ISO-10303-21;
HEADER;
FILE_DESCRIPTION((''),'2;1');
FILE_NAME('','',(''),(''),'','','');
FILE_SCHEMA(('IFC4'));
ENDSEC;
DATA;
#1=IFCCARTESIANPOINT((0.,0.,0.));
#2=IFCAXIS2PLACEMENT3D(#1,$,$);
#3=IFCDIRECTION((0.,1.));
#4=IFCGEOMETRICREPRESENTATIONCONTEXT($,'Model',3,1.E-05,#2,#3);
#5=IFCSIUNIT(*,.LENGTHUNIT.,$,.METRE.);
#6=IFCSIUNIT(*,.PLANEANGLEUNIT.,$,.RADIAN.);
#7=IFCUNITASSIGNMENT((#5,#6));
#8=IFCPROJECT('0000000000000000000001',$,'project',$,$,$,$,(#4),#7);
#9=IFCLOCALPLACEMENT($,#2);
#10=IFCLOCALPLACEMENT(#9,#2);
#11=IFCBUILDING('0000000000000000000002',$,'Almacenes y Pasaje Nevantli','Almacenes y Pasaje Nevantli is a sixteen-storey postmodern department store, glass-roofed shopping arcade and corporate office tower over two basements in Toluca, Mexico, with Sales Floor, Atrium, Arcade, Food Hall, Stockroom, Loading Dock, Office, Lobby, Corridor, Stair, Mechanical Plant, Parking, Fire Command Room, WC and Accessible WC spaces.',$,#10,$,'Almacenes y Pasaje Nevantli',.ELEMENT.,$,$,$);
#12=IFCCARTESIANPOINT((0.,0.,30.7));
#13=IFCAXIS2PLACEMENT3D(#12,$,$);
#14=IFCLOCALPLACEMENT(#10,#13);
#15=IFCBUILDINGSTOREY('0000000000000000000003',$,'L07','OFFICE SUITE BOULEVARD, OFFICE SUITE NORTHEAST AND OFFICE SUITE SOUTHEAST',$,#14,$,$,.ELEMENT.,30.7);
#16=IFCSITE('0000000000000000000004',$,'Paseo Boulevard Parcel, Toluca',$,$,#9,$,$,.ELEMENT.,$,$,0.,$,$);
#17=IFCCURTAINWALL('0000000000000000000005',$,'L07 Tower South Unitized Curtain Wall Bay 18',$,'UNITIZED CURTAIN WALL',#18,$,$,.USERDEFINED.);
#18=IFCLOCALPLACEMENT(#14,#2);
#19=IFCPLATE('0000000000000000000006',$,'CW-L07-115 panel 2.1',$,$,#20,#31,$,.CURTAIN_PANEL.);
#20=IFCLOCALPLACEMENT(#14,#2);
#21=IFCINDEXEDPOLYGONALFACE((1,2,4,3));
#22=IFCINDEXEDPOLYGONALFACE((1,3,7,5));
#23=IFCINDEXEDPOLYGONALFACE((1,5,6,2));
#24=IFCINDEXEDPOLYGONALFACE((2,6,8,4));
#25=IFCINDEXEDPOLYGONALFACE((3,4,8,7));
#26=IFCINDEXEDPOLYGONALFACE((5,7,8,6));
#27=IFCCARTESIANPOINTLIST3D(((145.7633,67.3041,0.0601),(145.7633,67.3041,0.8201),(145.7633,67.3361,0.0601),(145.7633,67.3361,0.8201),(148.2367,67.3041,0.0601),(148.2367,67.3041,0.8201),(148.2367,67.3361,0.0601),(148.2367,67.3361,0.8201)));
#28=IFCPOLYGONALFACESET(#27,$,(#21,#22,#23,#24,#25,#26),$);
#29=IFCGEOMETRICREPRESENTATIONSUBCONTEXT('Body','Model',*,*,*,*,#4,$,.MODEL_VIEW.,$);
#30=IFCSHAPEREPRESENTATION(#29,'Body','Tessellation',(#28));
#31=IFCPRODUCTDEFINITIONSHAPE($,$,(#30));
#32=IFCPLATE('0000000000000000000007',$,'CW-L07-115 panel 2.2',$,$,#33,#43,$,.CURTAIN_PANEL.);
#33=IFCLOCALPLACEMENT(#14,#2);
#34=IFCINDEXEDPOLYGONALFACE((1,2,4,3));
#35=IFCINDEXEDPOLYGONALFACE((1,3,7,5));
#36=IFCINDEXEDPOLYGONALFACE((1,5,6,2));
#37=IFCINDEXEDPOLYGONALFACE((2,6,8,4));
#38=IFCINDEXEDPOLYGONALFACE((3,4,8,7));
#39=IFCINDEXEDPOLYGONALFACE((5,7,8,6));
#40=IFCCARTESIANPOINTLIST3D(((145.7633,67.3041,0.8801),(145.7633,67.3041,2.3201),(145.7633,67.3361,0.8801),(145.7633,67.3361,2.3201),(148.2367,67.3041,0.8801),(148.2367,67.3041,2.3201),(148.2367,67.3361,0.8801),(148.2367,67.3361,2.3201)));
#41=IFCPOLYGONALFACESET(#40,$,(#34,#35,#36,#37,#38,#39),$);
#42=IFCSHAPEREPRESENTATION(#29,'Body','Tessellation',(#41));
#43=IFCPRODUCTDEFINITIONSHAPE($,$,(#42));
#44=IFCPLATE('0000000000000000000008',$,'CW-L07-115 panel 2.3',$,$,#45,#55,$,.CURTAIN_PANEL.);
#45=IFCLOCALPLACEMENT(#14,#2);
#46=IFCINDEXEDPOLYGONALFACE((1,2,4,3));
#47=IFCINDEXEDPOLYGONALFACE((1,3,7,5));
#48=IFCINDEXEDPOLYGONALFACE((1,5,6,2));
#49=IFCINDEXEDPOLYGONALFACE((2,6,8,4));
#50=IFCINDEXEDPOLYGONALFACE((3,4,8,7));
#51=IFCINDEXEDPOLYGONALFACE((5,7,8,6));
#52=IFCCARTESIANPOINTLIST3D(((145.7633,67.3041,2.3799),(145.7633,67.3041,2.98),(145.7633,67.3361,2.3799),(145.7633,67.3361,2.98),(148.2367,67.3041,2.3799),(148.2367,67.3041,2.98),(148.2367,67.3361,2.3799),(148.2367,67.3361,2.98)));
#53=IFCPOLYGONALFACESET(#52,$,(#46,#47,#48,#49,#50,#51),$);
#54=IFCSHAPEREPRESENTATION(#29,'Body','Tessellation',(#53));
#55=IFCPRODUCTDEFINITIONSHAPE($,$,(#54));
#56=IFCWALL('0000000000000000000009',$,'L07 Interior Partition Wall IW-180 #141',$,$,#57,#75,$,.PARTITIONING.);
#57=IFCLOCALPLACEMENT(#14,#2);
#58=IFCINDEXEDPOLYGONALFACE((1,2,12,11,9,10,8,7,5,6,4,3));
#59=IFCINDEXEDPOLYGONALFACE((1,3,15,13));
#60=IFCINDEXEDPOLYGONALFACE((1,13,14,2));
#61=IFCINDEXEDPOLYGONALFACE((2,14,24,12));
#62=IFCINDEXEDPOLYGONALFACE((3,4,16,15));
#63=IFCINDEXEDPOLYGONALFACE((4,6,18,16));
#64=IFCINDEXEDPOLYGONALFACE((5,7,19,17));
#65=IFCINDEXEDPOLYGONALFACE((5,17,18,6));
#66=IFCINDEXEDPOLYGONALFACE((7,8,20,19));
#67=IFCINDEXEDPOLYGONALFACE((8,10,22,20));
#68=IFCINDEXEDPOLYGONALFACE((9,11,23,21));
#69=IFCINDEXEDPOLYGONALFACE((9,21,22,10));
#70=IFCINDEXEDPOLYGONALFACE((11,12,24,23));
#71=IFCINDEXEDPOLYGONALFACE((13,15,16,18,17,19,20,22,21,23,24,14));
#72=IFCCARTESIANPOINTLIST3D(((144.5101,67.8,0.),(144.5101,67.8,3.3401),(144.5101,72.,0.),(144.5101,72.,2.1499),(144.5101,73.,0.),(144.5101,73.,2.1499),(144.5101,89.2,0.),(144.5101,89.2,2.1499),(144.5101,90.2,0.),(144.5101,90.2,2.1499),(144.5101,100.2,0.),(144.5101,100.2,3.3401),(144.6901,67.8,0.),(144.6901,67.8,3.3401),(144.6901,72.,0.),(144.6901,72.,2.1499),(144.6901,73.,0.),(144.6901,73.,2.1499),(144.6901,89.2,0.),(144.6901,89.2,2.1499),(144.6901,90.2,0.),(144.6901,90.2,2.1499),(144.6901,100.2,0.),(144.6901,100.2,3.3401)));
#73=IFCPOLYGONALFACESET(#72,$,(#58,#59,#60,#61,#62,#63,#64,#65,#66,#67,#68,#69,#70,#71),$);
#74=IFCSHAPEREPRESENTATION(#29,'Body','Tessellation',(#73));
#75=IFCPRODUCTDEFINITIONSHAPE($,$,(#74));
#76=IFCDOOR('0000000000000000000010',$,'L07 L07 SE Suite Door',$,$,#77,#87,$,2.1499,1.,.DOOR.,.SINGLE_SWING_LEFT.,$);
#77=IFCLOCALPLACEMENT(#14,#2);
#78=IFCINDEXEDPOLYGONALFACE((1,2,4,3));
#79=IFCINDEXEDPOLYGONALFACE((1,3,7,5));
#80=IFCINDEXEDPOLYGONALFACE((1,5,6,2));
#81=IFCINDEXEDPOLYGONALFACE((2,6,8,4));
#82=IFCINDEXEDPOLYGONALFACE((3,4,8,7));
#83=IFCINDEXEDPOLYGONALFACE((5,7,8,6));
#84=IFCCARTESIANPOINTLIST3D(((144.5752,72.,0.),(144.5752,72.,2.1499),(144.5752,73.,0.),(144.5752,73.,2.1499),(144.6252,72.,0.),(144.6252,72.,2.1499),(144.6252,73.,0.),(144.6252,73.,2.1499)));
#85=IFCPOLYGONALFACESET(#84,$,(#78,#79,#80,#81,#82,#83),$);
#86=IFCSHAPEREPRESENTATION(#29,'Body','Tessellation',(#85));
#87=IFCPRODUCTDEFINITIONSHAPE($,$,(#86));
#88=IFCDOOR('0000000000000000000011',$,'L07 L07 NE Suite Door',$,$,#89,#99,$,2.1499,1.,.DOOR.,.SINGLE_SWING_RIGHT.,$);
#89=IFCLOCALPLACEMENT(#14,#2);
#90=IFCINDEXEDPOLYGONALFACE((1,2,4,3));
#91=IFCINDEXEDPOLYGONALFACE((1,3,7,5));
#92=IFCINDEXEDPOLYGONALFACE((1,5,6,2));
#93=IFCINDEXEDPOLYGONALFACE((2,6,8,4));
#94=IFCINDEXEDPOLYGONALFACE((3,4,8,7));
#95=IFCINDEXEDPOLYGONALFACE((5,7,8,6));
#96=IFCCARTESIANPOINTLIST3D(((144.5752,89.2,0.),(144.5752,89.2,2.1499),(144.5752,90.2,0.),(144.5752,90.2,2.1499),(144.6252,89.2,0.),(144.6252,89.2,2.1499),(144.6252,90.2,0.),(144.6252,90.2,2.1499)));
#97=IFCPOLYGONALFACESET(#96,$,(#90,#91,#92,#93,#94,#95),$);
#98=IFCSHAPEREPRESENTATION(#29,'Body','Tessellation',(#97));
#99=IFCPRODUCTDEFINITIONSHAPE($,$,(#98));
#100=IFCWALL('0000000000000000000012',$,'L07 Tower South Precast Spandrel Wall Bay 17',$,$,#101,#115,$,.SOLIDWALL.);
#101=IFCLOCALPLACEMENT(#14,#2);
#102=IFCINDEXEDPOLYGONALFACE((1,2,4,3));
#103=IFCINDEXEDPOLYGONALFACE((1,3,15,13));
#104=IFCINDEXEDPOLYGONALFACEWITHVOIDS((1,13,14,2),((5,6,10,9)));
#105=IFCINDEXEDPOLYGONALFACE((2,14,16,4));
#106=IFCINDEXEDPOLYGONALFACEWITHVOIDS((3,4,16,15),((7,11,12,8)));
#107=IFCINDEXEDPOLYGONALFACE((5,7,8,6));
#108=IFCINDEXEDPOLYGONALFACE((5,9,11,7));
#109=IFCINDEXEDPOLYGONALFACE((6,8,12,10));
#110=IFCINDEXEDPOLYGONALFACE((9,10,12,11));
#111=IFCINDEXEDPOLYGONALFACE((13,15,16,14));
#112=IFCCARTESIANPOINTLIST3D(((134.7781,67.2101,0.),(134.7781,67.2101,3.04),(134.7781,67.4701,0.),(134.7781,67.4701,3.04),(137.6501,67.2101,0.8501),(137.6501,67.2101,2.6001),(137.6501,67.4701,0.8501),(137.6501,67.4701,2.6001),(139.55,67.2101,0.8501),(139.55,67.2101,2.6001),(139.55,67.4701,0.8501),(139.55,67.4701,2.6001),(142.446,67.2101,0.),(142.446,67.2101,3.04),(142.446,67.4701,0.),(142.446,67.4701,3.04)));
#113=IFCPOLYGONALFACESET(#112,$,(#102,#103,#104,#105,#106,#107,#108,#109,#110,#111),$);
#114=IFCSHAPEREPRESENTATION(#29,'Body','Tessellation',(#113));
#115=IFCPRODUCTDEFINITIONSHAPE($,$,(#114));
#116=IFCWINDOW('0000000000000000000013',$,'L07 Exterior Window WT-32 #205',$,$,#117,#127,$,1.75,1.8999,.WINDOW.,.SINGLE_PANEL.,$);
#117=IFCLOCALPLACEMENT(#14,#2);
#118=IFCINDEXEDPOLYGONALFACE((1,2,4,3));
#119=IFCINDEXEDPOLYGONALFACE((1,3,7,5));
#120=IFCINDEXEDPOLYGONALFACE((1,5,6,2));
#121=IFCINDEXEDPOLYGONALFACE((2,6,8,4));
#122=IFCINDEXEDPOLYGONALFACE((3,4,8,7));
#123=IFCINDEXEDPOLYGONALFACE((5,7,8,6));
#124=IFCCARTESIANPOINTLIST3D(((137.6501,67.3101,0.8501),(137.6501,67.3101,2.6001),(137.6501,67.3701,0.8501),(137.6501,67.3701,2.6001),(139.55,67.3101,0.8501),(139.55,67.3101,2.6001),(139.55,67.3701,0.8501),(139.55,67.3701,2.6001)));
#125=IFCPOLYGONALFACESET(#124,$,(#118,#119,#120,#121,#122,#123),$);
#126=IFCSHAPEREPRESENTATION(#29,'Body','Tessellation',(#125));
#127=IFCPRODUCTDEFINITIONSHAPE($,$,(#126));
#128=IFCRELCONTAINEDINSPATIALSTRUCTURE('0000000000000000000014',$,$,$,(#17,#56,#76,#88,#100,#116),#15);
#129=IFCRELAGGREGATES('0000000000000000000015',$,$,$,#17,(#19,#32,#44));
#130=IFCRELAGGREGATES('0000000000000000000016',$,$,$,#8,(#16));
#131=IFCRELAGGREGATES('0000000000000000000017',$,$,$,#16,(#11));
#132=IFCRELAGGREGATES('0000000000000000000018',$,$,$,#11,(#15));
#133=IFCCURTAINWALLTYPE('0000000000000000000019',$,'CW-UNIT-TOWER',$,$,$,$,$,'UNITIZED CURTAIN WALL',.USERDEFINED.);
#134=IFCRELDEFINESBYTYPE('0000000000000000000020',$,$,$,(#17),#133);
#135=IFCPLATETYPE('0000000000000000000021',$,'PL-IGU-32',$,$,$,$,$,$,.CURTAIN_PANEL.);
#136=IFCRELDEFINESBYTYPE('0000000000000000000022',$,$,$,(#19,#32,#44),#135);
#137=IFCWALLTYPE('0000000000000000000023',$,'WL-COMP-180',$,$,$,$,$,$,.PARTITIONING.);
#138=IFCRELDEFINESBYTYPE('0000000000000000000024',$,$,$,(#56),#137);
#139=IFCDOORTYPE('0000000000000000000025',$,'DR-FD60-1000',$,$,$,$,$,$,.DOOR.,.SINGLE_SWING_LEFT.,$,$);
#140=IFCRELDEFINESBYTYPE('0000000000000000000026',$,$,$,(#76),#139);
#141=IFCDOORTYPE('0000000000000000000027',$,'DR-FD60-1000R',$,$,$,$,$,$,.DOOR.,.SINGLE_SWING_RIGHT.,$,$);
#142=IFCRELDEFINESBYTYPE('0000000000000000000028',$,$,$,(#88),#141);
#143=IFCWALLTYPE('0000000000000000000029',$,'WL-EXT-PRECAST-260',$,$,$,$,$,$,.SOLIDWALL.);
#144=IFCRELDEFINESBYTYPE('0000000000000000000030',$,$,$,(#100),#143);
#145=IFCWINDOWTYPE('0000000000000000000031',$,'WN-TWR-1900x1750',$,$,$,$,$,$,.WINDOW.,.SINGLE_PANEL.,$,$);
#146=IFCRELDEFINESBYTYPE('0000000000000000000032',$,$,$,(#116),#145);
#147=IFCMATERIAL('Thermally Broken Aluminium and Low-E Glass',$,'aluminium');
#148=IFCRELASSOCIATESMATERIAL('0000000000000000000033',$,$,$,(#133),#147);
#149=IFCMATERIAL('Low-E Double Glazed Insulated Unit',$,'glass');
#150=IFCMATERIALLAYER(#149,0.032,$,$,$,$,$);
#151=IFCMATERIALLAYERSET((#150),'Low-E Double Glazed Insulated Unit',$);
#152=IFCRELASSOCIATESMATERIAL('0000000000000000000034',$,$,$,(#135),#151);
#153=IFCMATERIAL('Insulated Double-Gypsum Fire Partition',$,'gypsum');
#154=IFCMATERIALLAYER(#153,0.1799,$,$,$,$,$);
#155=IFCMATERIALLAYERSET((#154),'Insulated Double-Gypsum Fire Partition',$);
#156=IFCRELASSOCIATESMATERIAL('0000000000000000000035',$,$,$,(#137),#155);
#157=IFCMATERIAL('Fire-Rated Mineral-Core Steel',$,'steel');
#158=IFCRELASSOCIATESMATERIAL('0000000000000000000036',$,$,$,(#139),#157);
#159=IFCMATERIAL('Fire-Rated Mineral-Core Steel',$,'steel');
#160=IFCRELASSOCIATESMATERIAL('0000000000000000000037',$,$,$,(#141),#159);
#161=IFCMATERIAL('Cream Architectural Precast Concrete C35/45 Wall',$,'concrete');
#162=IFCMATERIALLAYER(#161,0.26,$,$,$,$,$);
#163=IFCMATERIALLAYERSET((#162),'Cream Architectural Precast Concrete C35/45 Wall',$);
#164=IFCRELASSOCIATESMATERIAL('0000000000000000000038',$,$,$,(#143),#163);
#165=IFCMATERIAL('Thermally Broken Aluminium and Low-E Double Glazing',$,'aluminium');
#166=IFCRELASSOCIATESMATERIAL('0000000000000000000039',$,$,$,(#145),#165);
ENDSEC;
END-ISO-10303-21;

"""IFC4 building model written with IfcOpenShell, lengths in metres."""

from ifc_helpers import new_model, si_unit, direction, frame, frame_2d, origin, origin_2d, place, context, subcontext, project, spatial, rectangle, extrude, material, layer, layer_set, type_object, element, fill, aggregate, save


model = new_model("IFC4")

# Units and contexts
model_context = context("Model", 3, precision=1e-05, world=origin(), true_north=direction((0.0, 1.0)))
body_context = subcontext(model_context, "Body", "Model", "MODEL_VIEW")
ifc_project = project(units=[si_unit("LENGTHUNIT", "METRE"), si_unit("PLANEANGLEUNIT", "RADIAN")], contexts=[model_context])

# Site, building, storey
site_placement = place(None, origin())
site = spatial("IfcSite", under=ifc_project, at=site_placement, Name="Paseo Boulevard Parcel, Toluca", CompositionType="ELEMENT", RefElevation=0.0)
building_placement = place(site_placement, origin())
building = spatial("IfcBuilding", under=site, at=building_placement, Name="Almacenes y Pasaje Nevantli", Description="Almacenes y Pasaje Nevantli is a sixteen-storey postmodern department store, glass-roofed shopping arcade and corporate office tower over two basements in Toluca, Mexico, with Sales Floor, Atrium, Arcade, Food Hall, Stockroom, Loading Dock, Office, Lobby, Corridor, Stair, Mechanical Plant, Parking, Fire Command Room, WC and Accessible WC spaces.", LongName="Almacenes y Pasaje Nevantli", CompositionType="ELEMENT")
storey_placement = place(building_placement, frame((0.0, 0.0, 30.7)))
storey = spatial("IfcBuildingStorey", under=building, at=storey_placement, Name="L07", Description="OFFICE SUITE BOULEVARD, OFFICE SUITE NORTHEAST AND OFFICE SUITE SOUTHEAST", CompositionType="ELEMENT", Elevation=30.7)

# Shared definitions
ifc_material_1 = material(Name="Thermally Broken Aluminium and Low-E Glass", Category="aluminium")
curtain_wall_type = type_object("IfcCurtainWallType", Name="CW-UNIT-TOWER", ElementType="UNITIZED CURTAIN WALL", PredefinedType="USERDEFINED", material=ifc_material_1)

# Curtain wall
curtain_wall_1_placement = place(storey_placement, origin())
curtain_wall_1 = element("IfcCurtainWall", 1, at=curtain_wall_1_placement, inside=storey, type_object=curtain_wall_type, Name="L07 Tower South Unitized Curtain Wall Bay 18", ObjectType="UNITIZED CURTAIN WALL", PredefinedType="USERDEFINED")

# Plates
ifc_material_2 = material(Name="Low-E Double Glazed Insulated Unit", Category="glass")
ifc_layer_1 = layer(ifc_material_2, 0.032)
ifc_layer_set_1 = layer_set([ifc_layer_1], Name="Low-E Double Glazed Insulated Unit")
plate_type = type_object("IfcPlateType", Name="PL-IGU-32", PredefinedType="CURTAIN_PANEL", material=ifc_layer_set_1)
plate_1_placement = place(storey_placement, frame((147.0, 67.3201, 0.0601), z_axis=(0.0, 0.0, 1.0), x_axis=(1.0, 0.0, 0.0)))
plate_1 = element("IfcPlate", 2, at=plate_1_placement, type_object=plate_type, Name="CW-L07-115 panel 2.1", PredefinedType="CURTAIN_PANEL", context=body_context, shape_type="SweptSolid", body=[
    extrude(rectangle(XDim=2.4734, YDim=0.032, at=origin_2d()), origin(), (0.0, 0.0, 1.0), 0.76),
])
plate_2_placement = place(storey_placement, frame((147.0, 67.3201, 0.8801), z_axis=(0.0, 0.0, 1.0), x_axis=(1.0, 0.0, 0.0)))
plate_2 = element("IfcPlate", 3, at=plate_2_placement, type_object=plate_type, Name="CW-L07-115 panel 2.2", PredefinedType="CURTAIN_PANEL", context=body_context, shape_type="SweptSolid", body=[
    extrude(rectangle(XDim=2.4734, YDim=0.032, at=origin_2d()), origin(), (0.0, 0.0, 1.0), 1.4399),
])
plate_3_placement = place(storey_placement, frame((147.0, 67.3201, 2.3799), z_axis=(0.0, 0.0, 1.0), x_axis=(1.0, 0.0, 0.0)))
plate_3 = element("IfcPlate", 4, at=plate_3_placement, type_object=plate_type, Name="CW-L07-115 panel 2.3", PredefinedType="CURTAIN_PANEL", context=body_context, shape_type="SweptSolid", body=[
    extrude(rectangle(XDim=2.4734, YDim=0.032, at=origin_2d()), origin(), (0.0, 0.0, 1.0), 0.6001),
])
aggregate(curtain_wall_1, [plate_1, plate_2, plate_3])

# Wall, openings, doors
ifc_material_3 = material(Name="Insulated Double-Gypsum Fire Partition", Category="gypsum")
ifc_layer_2 = layer(ifc_material_3, 0.1799)
ifc_layer_set_2 = layer_set([ifc_layer_2], Name="Insulated Double-Gypsum Fire Partition")
wall_type_1 = type_object("IfcWallType", Name="WL-COMP-180", PredefinedType="PARTITIONING", material=ifc_layer_set_2)
wall_1_placement = place(storey_placement, frame((144.6001, 67.8, 0.0), z_axis=(0.0, 0.0, 1.0), x_axis=(0.0, 1.0, 0.0)))
wall_1 = element("IfcWall", 5, at=wall_1_placement, inside=storey, type_object=wall_type_1, Name="L07 Interior Partition Wall IW-180 #141", PredefinedType="PARTITIONING", context=body_context, shape_type="SweptSolid", body=[
    extrude(rectangle(XDim=32.3999, YDim=0.1799, at=frame_2d((16.2, 0.0))), origin(), (0.0, 0.0, 1.0), 3.3401),
])
opening_1_placement = place(wall_1_placement, frame((4.2, 0.0, 0.0)))
opening_1 = element("IfcOpeningElement", 6, at=opening_1_placement, cuts=wall_1, PredefinedType="OPENING", context=body_context, shape_type="SweptSolid", body=[
    extrude(rectangle(XDim=1.0, YDim=2.1499, at=frame_2d((0.5, 1.075))), frame((0.0, 0.0999, 0.0), z_axis=(0.0, -1.0, 0.0), x_axis=(1.0, 0.0, 0.0)), (0.0, 0.0, 1.0), 0.2),
])
opening_2_placement = place(wall_1_placement, frame((21.3999, 0.0, 0.0)))
opening_2 = element("IfcOpeningElement", 7, at=opening_2_placement, cuts=wall_1, PredefinedType="OPENING", context=body_context, shape_type="SweptSolid", body=[
    extrude(rectangle(XDim=1.0, YDim=2.1499, at=frame_2d((0.5, 1.075))), frame((0.0, 0.0999, 0.0), z_axis=(0.0, -1.0, 0.0), x_axis=(1.0, 0.0, 0.0)), (0.0, 0.0, 1.0), 0.2),
])
ifc_material_4 = material(Name="Fire-Rated Mineral-Core Steel", Category="steel")
door_type_1 = type_object("IfcDoorType", Name="DR-FD60-1000", OperationType="SINGLE_SWING_LEFT", PredefinedType="DOOR", material=ifc_material_4)
door_1_placement = place(opening_1_placement, origin())
door_1 = element("IfcDoor", 8, at=door_1_placement, inside=storey, type_object=door_type_1, Name="L07 L07 SE Suite Door", OperationType="SINGLE_SWING_LEFT", OverallHeight=2.1499, OverallWidth=1.0, PredefinedType="DOOR", context=body_context, shape_type="SweptSolid", body=[
    extrude(rectangle(XDim=1.0, YDim=2.1499, at=frame_2d((0.5, 1.075))), frame((0.0, 0.0249, 0.0), z_axis=(0.0, -1.0, 0.0), x_axis=(1.0, 0.0, 0.0)), (0.0, 0.0, 1.0), 0.05),
])
fill(opening_1, door_1)
ifc_material_5 = material(Name="Fire-Rated Mineral-Core Steel", Category="steel")
door_type_2 = type_object("IfcDoorType", Name="DR-FD60-1000R", OperationType="SINGLE_SWING_RIGHT", PredefinedType="DOOR", material=ifc_material_5)
door_2_placement = place(opening_2_placement, origin())
door_2 = element("IfcDoor", 9, at=door_2_placement, inside=storey, type_object=door_type_2, Name="L07 L07 NE Suite Door", OperationType="SINGLE_SWING_RIGHT", OverallHeight=2.1499, OverallWidth=1.0, PredefinedType="DOOR", context=body_context, shape_type="SweptSolid", body=[
    extrude(rectangle(XDim=1.0, YDim=2.1499, at=frame_2d((0.5, 1.075))), frame((0.0, 0.0249, 0.0), z_axis=(0.0, -1.0, 0.0), x_axis=(1.0, 0.0, 0.0)), (0.0, 0.0, 1.0), 0.05),
])
fill(opening_2, door_2)

# Wall, opening, window
ifc_material_6 = material(Name="Cream Architectural Precast Concrete C35/45 Wall", Category="concrete")
ifc_layer_3 = layer(ifc_material_6, 0.26)
ifc_layer_set_3 = layer_set([ifc_layer_3], Name="Cream Architectural Precast Concrete C35/45 Wall")
wall_type_2 = type_object("IfcWallType", Name="WL-EXT-PRECAST-260", PredefinedType="SOLIDWALL", material=ifc_layer_set_3)
wall_2_placement = place(storey_placement, frame((134.7781, 67.3401, 0.0), z_axis=(0.0, 0.0, 1.0), x_axis=(1.0, 0.0, 0.0)))
wall_2 = element("IfcWall", 10, at=wall_2_placement, inside=storey, type_object=wall_type_2, Name="L07 Tower South Precast Spandrel Wall Bay 17", PredefinedType="SOLIDWALL", context=body_context, shape_type="SweptSolid", body=[
    extrude(rectangle(XDim=7.668, YDim=0.26, at=frame_2d((3.834, 0.0))), origin(), (0.0, 0.0, 1.0), 3.04),
])
opening_3_placement = place(wall_2_placement, frame((2.8721, 0.0, 0.8501)))
opening_3 = element("IfcOpeningElement", 11, at=opening_3_placement, cuts=wall_2, PredefinedType="OPENING", context=body_context, shape_type="SweptSolid", body=[
    extrude(rectangle(XDim=1.8999, YDim=1.75, at=frame_2d((0.95, 0.875))), frame((0.0, 0.1399, 0.0), z_axis=(0.0, -1.0, 0.0), x_axis=(1.0, 0.0, 0.0)), (0.0, 0.0, 1.0), 0.28),
])
ifc_material_7 = material(Name="Thermally Broken Aluminium and Low-E Double Glazing", Category="aluminium")
window_type = type_object("IfcWindowType", Name="WN-TWR-1900x1750", PartitioningType="SINGLE_PANEL", PredefinedType="WINDOW", material=ifc_material_7)
window_placement = place(opening_3_placement, origin())
window = element("IfcWindow", 12, at=window_placement, inside=storey, type_object=window_type, Name="L07 Exterior Window WT-32 #205", OverallHeight=1.75, OverallWidth=1.8999, PartitioningType="SINGLE_PANEL", PredefinedType="WINDOW", context=body_context, shape_type="SweptSolid", body=[
    extrude(rectangle(XDim=1.8999, YDim=1.75, at=frame_2d((0.95, 0.875))), frame((0.0, 0.03, 0.0), z_axis=(0.0, -1.0, 0.0), x_axis=(1.0, 0.0, 0.0)), (0.0, 0.0, 1.0), 0.0601),
])
fill(opening_3, window)

save(model, "model.ifc")
